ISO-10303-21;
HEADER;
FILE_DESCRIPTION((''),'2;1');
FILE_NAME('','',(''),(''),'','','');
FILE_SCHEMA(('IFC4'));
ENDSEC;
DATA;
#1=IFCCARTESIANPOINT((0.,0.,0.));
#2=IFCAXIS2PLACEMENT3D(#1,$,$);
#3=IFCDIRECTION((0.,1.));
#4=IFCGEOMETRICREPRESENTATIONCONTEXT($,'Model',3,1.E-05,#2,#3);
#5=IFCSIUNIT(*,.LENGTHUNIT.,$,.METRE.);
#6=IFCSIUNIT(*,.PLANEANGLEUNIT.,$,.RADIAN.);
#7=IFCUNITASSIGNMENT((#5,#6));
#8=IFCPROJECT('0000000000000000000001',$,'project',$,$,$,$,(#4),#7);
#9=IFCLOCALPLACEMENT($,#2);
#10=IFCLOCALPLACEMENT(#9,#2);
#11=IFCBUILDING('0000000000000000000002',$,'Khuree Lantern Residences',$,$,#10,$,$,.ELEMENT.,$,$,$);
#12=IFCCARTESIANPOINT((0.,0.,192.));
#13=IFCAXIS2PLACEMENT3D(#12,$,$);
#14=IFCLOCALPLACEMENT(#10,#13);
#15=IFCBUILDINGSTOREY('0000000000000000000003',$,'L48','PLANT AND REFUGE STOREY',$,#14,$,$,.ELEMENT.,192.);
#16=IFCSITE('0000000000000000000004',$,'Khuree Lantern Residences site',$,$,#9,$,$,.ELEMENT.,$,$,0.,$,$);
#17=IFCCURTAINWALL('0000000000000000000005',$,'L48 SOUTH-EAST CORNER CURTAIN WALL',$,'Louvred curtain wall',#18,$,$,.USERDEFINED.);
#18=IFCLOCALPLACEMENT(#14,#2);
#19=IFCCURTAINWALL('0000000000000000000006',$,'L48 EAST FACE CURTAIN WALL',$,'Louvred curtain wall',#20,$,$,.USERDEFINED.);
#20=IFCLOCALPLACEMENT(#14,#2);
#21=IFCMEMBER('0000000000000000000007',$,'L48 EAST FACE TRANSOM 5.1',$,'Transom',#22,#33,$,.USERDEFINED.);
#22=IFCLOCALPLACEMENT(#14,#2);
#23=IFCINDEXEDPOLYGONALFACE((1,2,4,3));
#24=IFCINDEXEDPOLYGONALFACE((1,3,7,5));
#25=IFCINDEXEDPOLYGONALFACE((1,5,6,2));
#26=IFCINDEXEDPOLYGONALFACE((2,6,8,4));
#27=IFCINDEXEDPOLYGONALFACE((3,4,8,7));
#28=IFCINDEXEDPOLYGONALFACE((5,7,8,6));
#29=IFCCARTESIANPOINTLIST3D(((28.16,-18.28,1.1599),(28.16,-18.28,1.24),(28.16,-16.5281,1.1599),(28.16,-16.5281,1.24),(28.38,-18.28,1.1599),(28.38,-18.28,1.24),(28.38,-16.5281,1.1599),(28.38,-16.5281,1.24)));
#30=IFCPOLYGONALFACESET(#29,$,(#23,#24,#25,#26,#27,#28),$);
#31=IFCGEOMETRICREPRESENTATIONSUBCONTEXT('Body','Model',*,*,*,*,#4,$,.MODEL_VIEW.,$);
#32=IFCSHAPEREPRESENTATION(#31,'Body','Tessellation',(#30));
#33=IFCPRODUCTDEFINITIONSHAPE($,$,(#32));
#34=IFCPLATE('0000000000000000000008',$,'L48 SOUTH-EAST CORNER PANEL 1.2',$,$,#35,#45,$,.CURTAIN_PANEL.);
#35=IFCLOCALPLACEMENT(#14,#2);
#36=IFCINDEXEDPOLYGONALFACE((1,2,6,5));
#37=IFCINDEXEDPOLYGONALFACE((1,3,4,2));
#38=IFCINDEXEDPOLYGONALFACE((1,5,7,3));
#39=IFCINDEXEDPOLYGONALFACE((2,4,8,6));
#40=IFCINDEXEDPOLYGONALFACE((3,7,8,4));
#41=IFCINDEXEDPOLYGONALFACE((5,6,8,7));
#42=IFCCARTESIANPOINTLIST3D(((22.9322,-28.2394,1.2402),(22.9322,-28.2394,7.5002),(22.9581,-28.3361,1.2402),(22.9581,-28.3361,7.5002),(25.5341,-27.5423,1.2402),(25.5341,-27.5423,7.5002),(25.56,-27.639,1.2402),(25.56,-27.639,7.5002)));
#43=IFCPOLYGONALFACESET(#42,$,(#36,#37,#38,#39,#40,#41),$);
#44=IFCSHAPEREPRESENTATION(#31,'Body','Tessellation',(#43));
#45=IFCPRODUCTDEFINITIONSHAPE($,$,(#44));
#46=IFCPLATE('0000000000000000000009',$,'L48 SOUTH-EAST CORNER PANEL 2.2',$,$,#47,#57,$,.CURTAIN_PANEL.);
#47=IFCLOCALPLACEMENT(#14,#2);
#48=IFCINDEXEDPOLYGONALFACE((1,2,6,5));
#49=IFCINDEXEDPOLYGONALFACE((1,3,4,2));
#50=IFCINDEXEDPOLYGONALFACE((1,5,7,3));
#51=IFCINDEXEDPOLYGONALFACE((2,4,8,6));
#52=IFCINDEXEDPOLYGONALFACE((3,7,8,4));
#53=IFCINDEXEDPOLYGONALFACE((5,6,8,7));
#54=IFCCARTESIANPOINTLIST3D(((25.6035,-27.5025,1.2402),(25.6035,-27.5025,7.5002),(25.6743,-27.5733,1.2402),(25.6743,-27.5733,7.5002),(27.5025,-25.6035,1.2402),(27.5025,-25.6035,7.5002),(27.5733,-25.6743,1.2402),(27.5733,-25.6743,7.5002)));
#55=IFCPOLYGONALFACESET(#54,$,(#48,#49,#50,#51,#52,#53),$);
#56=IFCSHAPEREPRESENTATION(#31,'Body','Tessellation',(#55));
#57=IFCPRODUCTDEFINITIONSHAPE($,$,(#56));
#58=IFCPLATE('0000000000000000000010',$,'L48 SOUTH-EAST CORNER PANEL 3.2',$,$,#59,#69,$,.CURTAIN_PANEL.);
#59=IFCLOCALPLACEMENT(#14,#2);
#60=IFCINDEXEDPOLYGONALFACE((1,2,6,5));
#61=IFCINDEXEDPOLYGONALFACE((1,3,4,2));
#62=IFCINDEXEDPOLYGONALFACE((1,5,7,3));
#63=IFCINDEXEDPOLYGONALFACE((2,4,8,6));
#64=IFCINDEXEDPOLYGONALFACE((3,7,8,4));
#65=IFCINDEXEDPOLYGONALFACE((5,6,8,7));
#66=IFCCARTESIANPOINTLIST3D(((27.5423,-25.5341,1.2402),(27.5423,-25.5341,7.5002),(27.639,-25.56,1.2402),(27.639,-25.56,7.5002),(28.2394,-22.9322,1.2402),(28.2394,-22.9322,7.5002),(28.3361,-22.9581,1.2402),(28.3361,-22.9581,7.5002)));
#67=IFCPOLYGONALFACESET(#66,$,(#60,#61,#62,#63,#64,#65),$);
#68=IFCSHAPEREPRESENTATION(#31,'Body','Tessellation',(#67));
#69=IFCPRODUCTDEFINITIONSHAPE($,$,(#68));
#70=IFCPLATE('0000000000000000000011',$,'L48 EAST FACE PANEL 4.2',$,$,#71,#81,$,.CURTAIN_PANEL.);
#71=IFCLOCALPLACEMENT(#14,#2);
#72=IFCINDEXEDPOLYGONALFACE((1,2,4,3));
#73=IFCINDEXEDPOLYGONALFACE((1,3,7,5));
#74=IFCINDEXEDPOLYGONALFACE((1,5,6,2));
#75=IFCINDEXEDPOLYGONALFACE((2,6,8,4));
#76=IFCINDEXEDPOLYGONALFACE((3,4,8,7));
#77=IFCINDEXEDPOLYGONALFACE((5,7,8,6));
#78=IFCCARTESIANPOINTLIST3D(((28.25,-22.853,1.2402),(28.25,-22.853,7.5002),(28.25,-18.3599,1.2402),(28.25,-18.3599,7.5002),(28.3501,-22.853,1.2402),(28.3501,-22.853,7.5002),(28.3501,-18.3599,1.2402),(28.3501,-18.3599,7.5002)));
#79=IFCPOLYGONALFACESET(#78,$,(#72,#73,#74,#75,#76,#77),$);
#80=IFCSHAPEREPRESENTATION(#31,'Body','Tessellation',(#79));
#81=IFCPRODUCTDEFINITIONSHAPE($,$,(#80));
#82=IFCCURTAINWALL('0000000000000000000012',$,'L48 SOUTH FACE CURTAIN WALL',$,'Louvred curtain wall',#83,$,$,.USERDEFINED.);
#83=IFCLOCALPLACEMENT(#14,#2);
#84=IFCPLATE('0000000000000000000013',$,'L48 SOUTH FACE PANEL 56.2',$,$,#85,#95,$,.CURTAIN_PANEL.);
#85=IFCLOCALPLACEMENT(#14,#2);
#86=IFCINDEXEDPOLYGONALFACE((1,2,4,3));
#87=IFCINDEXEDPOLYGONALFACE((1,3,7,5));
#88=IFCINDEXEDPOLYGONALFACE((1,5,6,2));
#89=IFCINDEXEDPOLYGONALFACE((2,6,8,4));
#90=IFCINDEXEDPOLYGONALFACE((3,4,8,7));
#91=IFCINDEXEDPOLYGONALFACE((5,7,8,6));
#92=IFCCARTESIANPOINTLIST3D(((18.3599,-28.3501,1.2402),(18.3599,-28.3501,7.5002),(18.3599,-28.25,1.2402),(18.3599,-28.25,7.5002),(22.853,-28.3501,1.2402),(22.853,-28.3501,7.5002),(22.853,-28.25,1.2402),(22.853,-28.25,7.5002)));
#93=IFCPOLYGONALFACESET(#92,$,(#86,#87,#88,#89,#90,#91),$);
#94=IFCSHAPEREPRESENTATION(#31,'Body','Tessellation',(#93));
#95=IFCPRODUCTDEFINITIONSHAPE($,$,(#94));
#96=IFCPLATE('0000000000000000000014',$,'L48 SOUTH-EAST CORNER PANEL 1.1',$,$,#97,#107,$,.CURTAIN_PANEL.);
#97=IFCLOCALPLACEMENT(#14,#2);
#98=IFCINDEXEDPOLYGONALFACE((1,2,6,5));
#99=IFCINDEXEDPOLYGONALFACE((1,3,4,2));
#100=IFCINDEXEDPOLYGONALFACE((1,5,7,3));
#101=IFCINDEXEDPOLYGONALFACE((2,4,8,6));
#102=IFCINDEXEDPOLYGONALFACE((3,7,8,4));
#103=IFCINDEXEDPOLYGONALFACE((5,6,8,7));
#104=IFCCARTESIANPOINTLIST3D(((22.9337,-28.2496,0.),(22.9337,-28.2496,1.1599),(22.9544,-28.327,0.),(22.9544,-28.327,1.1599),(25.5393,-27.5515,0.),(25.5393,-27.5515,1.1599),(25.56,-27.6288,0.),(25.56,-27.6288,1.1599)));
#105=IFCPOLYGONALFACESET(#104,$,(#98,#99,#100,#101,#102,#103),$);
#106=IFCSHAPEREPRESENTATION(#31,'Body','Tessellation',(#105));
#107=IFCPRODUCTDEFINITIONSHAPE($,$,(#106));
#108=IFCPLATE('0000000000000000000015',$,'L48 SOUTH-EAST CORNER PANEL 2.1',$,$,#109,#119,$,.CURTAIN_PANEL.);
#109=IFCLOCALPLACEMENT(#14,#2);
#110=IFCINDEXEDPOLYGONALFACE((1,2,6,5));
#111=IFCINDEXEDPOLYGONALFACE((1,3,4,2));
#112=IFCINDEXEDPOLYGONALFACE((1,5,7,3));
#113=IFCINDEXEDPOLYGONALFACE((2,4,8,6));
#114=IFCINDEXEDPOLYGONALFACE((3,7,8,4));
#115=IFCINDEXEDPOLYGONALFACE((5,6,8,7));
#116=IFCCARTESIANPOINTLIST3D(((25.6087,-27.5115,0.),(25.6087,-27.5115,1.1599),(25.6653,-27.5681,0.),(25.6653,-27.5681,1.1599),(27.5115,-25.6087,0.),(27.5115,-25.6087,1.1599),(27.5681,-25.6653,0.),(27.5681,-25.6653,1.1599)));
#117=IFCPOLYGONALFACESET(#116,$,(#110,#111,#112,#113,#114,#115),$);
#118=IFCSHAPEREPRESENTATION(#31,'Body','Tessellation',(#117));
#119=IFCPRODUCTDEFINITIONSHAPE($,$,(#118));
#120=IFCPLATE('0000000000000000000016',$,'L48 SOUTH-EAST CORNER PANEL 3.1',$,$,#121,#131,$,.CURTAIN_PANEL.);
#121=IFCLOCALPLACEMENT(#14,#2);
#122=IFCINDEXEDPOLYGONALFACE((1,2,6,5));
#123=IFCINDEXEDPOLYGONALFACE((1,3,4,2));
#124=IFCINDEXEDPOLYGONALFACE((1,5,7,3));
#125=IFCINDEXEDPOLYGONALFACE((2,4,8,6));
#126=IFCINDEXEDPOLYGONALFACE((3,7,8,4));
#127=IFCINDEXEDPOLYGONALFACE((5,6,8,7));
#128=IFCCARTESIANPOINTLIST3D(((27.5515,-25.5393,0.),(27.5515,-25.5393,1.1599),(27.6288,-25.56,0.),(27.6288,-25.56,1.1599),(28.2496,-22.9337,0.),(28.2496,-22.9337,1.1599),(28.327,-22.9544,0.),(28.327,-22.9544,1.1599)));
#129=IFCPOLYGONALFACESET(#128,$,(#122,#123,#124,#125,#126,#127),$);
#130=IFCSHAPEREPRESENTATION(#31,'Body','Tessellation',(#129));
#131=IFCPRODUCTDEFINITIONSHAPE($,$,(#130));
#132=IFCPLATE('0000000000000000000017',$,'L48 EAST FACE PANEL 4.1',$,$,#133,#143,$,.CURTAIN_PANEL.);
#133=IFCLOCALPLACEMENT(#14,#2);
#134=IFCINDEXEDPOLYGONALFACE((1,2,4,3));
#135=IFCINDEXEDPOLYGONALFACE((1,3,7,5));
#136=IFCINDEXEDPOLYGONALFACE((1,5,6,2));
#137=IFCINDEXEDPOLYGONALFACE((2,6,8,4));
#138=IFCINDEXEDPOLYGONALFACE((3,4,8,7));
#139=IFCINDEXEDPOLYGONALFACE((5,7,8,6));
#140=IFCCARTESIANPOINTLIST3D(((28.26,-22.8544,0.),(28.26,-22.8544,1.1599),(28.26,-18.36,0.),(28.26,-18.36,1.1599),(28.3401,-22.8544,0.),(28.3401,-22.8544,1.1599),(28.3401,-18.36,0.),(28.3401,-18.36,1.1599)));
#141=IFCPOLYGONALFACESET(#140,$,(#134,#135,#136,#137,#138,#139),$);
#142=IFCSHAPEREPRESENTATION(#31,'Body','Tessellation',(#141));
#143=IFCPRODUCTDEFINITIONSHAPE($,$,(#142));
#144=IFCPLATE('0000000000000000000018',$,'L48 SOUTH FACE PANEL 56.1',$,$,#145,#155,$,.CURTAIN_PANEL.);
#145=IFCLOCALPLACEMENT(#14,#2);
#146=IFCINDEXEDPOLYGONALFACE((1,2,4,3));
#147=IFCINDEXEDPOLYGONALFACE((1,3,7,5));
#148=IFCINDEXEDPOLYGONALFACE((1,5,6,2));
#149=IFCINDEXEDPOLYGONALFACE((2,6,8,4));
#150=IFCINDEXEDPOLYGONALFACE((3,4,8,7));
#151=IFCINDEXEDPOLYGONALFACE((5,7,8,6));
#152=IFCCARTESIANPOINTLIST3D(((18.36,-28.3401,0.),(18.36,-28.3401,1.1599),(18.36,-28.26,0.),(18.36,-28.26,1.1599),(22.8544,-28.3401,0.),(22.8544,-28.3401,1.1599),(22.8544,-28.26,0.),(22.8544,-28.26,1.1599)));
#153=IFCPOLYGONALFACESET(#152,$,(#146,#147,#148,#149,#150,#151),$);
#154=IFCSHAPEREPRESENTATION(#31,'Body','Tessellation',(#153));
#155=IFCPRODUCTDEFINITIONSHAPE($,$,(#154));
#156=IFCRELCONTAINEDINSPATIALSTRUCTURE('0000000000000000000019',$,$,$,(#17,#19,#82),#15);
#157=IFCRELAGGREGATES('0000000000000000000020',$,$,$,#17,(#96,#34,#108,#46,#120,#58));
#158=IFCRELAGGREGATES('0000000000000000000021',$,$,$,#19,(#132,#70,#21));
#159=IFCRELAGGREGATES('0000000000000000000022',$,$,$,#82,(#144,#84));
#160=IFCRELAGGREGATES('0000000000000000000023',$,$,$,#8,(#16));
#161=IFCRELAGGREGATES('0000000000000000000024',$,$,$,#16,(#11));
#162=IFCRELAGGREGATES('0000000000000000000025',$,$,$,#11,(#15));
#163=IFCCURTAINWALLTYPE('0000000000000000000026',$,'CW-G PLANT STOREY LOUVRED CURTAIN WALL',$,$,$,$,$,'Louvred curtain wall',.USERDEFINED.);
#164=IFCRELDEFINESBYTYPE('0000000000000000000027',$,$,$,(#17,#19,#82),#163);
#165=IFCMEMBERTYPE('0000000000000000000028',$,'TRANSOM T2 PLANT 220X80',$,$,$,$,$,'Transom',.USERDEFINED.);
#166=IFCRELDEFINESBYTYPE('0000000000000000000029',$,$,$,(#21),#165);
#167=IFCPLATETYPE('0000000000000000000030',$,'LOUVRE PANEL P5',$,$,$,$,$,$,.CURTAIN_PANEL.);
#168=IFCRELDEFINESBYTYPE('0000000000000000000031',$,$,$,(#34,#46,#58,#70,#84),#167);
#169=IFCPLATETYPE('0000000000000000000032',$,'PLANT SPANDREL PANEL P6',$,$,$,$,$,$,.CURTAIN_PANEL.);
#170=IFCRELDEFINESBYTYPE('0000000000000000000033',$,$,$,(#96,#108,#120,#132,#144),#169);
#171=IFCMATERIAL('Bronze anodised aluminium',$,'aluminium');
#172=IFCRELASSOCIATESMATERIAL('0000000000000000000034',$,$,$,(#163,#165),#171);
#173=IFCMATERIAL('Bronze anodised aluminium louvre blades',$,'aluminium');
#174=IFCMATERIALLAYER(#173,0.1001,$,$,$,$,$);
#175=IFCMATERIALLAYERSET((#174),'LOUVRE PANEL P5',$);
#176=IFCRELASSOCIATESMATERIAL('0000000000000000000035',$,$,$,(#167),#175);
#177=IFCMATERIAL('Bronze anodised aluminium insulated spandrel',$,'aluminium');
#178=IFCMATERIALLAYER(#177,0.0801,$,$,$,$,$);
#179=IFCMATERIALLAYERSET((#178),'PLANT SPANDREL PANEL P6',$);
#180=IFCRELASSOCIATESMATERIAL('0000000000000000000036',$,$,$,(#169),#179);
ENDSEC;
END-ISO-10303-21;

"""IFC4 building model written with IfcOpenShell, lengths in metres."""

from ifc_helpers import new_model, si_unit, direction, frame, origin, origin_2d, place, context, subcontext, project, spatial, rectangle, extrude, material, layer, layer_set, material_profile, profile_set, type_object, element, aggregate, save


model = new_model("IFC4")

# Units and contexts
model_context = context("Model", 3, precision=1e-05, world=origin(), true_north=direction((0.0, 1.0)))
body_context = subcontext(model_context, "Body", "Model", "MODEL_VIEW")
ifc_project = project(units=[si_unit("LENGTHUNIT", "METRE"), si_unit("PLANEANGLEUNIT", "RADIAN")], contexts=[model_context])

# Site, building, storey
site_placement = place(None, origin())
site = spatial("IfcSite", under=ifc_project, at=site_placement, Name="Khuree Lantern Residences site", CompositionType="ELEMENT", RefElevation=0.0)
building_placement = place(site_placement, origin())
building = spatial("IfcBuilding", under=site, at=building_placement, Name="Khuree Lantern Residences", CompositionType="ELEMENT")
storey_placement = place(building_placement, frame((0.0, 0.0, 192.0)))
storey = spatial("IfcBuildingStorey", under=building, at=storey_placement, Name="L48", Description="PLANT AND REFUGE STOREY", CompositionType="ELEMENT", Elevation=192.0)

# Curtain walls
ifc_material_1 = material(Name="Bronze anodised aluminium", Category="aluminium")
curtain_wall_type = type_object("IfcCurtainWallType", Name="CW-G PLANT STOREY LOUVRED CURTAIN WALL", ElementType="Louvred curtain wall", PredefinedType="USERDEFINED", material=ifc_material_1)
curtain_wall_1_placement = place(storey_placement, origin())
curtain_wall_1 = element("IfcCurtainWall", 1, at=curtain_wall_1_placement, inside=storey, type_object=curtain_wall_type, Name="L48 SOUTH-EAST CORNER CURTAIN WALL", ObjectType="Louvred curtain wall", PredefinedType="USERDEFINED")
curtain_wall_2_placement = place(storey_placement, origin())
curtain_wall_2 = element("IfcCurtainWall", 2, at=curtain_wall_2_placement, inside=storey, type_object=curtain_wall_type, Name="L48 EAST FACE CURTAIN WALL", ObjectType="Louvred curtain wall", PredefinedType="USERDEFINED")

# Member
ifc_material_profile_1 = material_profile(ifc_material_1, rectangle(XDim=0.22, YDim=0.0801, at=origin_2d()), Name="T2 220X80")
ifc_profile_set_1 = profile_set([ifc_material_profile_1], Name="Bronze anodised aluminium")
member_type_1 = type_object("IfcMemberType", Name="TRANSOM T2 PLANT 220X80", ElementType="Transom", PredefinedType="USERDEFINED", material=ifc_profile_set_1)
member_1_placement = place(storey_placement, frame((28.27, -18.28, 1.2), z_axis=(0.0, 1.0, 0.0), x_axis=(-1.0, 0.0, 0.0)))
member_1 = element("IfcMember", 3, at=member_1_placement, type_object=member_type_1, Name="L48 EAST FACE TRANSOM 5.1", ObjectType="Transom", PredefinedType="USERDEFINED", context=body_context, shape_type="SweptSolid", body=[
    extrude(rectangle(XDim=0.22, YDim=0.0801, at=origin_2d()), origin(), (0.0, 0.0, 1.0), 1.752),
])

# Plates
ifc_material_2 = material(Name="Bronze anodised aluminium louvre blades", Category="aluminium")
ifc_layer_1 = layer(ifc_material_2, 0.1001)
ifc_layer_set_1 = layer_set([ifc_layer_1], Name="LOUVRE PANEL P5")
plate_type_1 = type_object("IfcPlateType", Name="LOUVRE PANEL P5", PredefinedType="CURTAIN_PANEL", material=ifc_layer_set_1)
plate_1_placement = place(storey_placement, frame((24.2461, -27.9392, 1.2402), z_axis=(0.0, 0.0, 1.0), x_axis=(0.965926, 0.258819, 0.0)))
plate_1 = element("IfcPlate", 4, at=plate_1_placement, type_object=plate_type_1, Name="L48 SOUTH-EAST CORNER PANEL 1.2", PredefinedType="CURTAIN_PANEL", context=body_context, shape_type="SweptSolid", body=[
    extrude(rectangle(XDim=2.6936, YDim=0.1001, at=origin_2d()), origin(), (0.0, 0.0, 1.0), 6.26),
])
plate_2_placement = place(storey_placement, frame((26.5884, -26.5884, 1.2402), z_axis=(0.0, 0.0, 1.0), x_axis=(0.707107, 0.707107, 0.0)))
plate_2 = element("IfcPlate", 5, at=plate_2_placement, type_object=plate_type_1, Name="L48 SOUTH-EAST CORNER PANEL 2.2", PredefinedType="CURTAIN_PANEL", context=body_context, shape_type="SweptSolid", body=[
    extrude(rectangle(XDim=2.6855, YDim=0.1001, at=origin_2d()), origin(), (0.0, 0.0, 1.0), 6.26),
])
plate_3_placement = place(storey_placement, frame((27.9392, -24.2461, 1.2402), z_axis=(0.0, 0.0, 1.0), x_axis=(0.258819, 0.965926, 0.0)))
plate_3 = element("IfcPlate", 6, at=plate_3_placement, type_object=plate_type_1, Name="L48 SOUTH-EAST CORNER PANEL 3.2", PredefinedType="CURTAIN_PANEL", context=body_context, shape_type="SweptSolid", body=[
    extrude(rectangle(XDim=2.6936, YDim=0.1001, at=origin_2d()), origin(), (0.0, 0.0, 1.0), 6.26),
])
plate_4_placement = place(storey_placement, frame((28.3, -20.6064, 1.2402), z_axis=(0.0, 0.0, 1.0), x_axis=(0.0, 1.0, 0.0)))
plate_4 = element("IfcPlate", 7, at=plate_4_placement, type_object=plate_type_1, Name="L48 EAST FACE PANEL 4.2", PredefinedType="CURTAIN_PANEL", context=body_context, shape_type="SweptSolid", body=[
    extrude(rectangle(XDim=4.4932, YDim=0.1001, at=origin_2d()), origin(), (0.0, 0.0, 1.0), 6.26),
])

# Curtain wall, plate
curtain_wall_3_placement = place(storey_placement, origin())
curtain_wall_3 = element("IfcCurtainWall", 8, at=curtain_wall_3_placement, inside=storey, type_object=curtain_wall_type, Name="L48 SOUTH FACE CURTAIN WALL", ObjectType="Louvred curtain wall", PredefinedType="USERDEFINED")
plate_5_placement = place(storey_placement, frame((20.6064, -28.3, 1.2402), z_axis=(0.0, 0.0, 1.0), x_axis=(1.0, 0.0, 0.0)))
plate_5 = element("IfcPlate", 9, at=plate_5_placement, type_object=plate_type_1, Name="L48 SOUTH FACE PANEL 56.2", PredefinedType="CURTAIN_PANEL", context=body_context, shape_type="SweptSolid", body=[
    extrude(rectangle(XDim=4.4932, YDim=0.1001, at=origin_2d()), origin(), (0.0, 0.0, 1.0), 6.26),
])

# Plates
ifc_material_3 = material(Name="Bronze anodised aluminium insulated spandrel", Category="aluminium")
ifc_layer_2 = layer(ifc_material_3, 0.0801)
ifc_layer_set_2 = layer_set([ifc_layer_2], Name="PLANT SPANDREL PANEL P6")
plate_type_2 = type_object("IfcPlateType", Name="PLANT SPANDREL PANEL P6", PredefinedType="CURTAIN_PANEL", material=ifc_layer_set_2)
plate_6_placement = place(storey_placement, frame((24.2468, -27.9392, 0.0), z_axis=(0.0, 0.0, 1.0), x_axis=(0.965926, 0.258819, 0.0)))
plate_6 = element("IfcPlate", 10, at=plate_6_placement, type_object=plate_type_2, Name="L48 SOUTH-EAST CORNER PANEL 1.1", PredefinedType="CURTAIN_PANEL", context=body_context, shape_type="SweptSolid", body=[
    extrude(rectangle(XDim=2.6975, YDim=0.0801, at=origin_2d()), origin(), (0.0, 0.0, 1.0), 1.1599),
])
plate_7_placement = place(storey_placement, frame((26.5884, -26.5884, 0.0), z_axis=(0.0, 0.0, 1.0), x_axis=(0.707107, 0.707107, 0.0)))
plate_7 = element("IfcPlate", 11, at=plate_7_placement, type_object=plate_type_2, Name="L48 SOUTH-EAST CORNER PANEL 2.1", PredefinedType="CURTAIN_PANEL", context=body_context, shape_type="SweptSolid", body=[
    extrude(rectangle(XDim=2.6909, YDim=0.0801, at=origin_2d()), origin(), (0.0, 0.0, 1.0), 1.1599),
])
plate_8_placement = place(storey_placement, frame((27.9392, -24.2468, 0.0), z_axis=(0.0, 0.0, 1.0), x_axis=(0.258819, 0.965926, 0.0)))
plate_8 = element("IfcPlate", 12, at=plate_8_placement, type_object=plate_type_2, Name="L48 SOUTH-EAST CORNER PANEL 3.1", PredefinedType="CURTAIN_PANEL", context=body_context, shape_type="SweptSolid", body=[
    extrude(rectangle(XDim=2.6975, YDim=0.0801, at=origin_2d()), origin(), (0.0, 0.0, 1.0), 1.1599),
])
aggregate(curtain_wall_1, [plate_6, plate_1, plate_7, plate_2, plate_8, plate_3])
plate_9_placement = place(storey_placement, frame((28.3, -20.6072, 0.0), z_axis=(0.0, 0.0, 1.0), x_axis=(0.0, 1.0, 0.0)))
plate_9 = element("IfcPlate", 13, at=plate_9_placement, type_object=plate_type_2, Name="L48 EAST FACE PANEL 4.1", PredefinedType="CURTAIN_PANEL", context=body_context, shape_type="SweptSolid", body=[
    extrude(rectangle(XDim=4.4944, YDim=0.0801, at=origin_2d()), origin(), (0.0, 0.0, 1.0), 1.1599),
])
aggregate(curtain_wall_2, [plate_9, plate_4, member_1])
plate_10_placement = place(storey_placement, frame((20.6072, -28.3, 0.0), z_axis=(0.0, 0.0, 1.0), x_axis=(1.0, 0.0, 0.0)))
plate_10 = element("IfcPlate", 14, at=plate_10_placement, type_object=plate_type_2, Name="L48 SOUTH FACE PANEL 56.1", PredefinedType="CURTAIN_PANEL", context=body_context, shape_type="SweptSolid", body=[
    extrude(rectangle(XDim=4.4944, YDim=0.0801, at=origin_2d()), origin(), (0.0, 0.0, 1.0), 1.1599),
])
aggregate(curtain_wall_3, [plate_10, plate_5])

save(model, "model.ifc")
